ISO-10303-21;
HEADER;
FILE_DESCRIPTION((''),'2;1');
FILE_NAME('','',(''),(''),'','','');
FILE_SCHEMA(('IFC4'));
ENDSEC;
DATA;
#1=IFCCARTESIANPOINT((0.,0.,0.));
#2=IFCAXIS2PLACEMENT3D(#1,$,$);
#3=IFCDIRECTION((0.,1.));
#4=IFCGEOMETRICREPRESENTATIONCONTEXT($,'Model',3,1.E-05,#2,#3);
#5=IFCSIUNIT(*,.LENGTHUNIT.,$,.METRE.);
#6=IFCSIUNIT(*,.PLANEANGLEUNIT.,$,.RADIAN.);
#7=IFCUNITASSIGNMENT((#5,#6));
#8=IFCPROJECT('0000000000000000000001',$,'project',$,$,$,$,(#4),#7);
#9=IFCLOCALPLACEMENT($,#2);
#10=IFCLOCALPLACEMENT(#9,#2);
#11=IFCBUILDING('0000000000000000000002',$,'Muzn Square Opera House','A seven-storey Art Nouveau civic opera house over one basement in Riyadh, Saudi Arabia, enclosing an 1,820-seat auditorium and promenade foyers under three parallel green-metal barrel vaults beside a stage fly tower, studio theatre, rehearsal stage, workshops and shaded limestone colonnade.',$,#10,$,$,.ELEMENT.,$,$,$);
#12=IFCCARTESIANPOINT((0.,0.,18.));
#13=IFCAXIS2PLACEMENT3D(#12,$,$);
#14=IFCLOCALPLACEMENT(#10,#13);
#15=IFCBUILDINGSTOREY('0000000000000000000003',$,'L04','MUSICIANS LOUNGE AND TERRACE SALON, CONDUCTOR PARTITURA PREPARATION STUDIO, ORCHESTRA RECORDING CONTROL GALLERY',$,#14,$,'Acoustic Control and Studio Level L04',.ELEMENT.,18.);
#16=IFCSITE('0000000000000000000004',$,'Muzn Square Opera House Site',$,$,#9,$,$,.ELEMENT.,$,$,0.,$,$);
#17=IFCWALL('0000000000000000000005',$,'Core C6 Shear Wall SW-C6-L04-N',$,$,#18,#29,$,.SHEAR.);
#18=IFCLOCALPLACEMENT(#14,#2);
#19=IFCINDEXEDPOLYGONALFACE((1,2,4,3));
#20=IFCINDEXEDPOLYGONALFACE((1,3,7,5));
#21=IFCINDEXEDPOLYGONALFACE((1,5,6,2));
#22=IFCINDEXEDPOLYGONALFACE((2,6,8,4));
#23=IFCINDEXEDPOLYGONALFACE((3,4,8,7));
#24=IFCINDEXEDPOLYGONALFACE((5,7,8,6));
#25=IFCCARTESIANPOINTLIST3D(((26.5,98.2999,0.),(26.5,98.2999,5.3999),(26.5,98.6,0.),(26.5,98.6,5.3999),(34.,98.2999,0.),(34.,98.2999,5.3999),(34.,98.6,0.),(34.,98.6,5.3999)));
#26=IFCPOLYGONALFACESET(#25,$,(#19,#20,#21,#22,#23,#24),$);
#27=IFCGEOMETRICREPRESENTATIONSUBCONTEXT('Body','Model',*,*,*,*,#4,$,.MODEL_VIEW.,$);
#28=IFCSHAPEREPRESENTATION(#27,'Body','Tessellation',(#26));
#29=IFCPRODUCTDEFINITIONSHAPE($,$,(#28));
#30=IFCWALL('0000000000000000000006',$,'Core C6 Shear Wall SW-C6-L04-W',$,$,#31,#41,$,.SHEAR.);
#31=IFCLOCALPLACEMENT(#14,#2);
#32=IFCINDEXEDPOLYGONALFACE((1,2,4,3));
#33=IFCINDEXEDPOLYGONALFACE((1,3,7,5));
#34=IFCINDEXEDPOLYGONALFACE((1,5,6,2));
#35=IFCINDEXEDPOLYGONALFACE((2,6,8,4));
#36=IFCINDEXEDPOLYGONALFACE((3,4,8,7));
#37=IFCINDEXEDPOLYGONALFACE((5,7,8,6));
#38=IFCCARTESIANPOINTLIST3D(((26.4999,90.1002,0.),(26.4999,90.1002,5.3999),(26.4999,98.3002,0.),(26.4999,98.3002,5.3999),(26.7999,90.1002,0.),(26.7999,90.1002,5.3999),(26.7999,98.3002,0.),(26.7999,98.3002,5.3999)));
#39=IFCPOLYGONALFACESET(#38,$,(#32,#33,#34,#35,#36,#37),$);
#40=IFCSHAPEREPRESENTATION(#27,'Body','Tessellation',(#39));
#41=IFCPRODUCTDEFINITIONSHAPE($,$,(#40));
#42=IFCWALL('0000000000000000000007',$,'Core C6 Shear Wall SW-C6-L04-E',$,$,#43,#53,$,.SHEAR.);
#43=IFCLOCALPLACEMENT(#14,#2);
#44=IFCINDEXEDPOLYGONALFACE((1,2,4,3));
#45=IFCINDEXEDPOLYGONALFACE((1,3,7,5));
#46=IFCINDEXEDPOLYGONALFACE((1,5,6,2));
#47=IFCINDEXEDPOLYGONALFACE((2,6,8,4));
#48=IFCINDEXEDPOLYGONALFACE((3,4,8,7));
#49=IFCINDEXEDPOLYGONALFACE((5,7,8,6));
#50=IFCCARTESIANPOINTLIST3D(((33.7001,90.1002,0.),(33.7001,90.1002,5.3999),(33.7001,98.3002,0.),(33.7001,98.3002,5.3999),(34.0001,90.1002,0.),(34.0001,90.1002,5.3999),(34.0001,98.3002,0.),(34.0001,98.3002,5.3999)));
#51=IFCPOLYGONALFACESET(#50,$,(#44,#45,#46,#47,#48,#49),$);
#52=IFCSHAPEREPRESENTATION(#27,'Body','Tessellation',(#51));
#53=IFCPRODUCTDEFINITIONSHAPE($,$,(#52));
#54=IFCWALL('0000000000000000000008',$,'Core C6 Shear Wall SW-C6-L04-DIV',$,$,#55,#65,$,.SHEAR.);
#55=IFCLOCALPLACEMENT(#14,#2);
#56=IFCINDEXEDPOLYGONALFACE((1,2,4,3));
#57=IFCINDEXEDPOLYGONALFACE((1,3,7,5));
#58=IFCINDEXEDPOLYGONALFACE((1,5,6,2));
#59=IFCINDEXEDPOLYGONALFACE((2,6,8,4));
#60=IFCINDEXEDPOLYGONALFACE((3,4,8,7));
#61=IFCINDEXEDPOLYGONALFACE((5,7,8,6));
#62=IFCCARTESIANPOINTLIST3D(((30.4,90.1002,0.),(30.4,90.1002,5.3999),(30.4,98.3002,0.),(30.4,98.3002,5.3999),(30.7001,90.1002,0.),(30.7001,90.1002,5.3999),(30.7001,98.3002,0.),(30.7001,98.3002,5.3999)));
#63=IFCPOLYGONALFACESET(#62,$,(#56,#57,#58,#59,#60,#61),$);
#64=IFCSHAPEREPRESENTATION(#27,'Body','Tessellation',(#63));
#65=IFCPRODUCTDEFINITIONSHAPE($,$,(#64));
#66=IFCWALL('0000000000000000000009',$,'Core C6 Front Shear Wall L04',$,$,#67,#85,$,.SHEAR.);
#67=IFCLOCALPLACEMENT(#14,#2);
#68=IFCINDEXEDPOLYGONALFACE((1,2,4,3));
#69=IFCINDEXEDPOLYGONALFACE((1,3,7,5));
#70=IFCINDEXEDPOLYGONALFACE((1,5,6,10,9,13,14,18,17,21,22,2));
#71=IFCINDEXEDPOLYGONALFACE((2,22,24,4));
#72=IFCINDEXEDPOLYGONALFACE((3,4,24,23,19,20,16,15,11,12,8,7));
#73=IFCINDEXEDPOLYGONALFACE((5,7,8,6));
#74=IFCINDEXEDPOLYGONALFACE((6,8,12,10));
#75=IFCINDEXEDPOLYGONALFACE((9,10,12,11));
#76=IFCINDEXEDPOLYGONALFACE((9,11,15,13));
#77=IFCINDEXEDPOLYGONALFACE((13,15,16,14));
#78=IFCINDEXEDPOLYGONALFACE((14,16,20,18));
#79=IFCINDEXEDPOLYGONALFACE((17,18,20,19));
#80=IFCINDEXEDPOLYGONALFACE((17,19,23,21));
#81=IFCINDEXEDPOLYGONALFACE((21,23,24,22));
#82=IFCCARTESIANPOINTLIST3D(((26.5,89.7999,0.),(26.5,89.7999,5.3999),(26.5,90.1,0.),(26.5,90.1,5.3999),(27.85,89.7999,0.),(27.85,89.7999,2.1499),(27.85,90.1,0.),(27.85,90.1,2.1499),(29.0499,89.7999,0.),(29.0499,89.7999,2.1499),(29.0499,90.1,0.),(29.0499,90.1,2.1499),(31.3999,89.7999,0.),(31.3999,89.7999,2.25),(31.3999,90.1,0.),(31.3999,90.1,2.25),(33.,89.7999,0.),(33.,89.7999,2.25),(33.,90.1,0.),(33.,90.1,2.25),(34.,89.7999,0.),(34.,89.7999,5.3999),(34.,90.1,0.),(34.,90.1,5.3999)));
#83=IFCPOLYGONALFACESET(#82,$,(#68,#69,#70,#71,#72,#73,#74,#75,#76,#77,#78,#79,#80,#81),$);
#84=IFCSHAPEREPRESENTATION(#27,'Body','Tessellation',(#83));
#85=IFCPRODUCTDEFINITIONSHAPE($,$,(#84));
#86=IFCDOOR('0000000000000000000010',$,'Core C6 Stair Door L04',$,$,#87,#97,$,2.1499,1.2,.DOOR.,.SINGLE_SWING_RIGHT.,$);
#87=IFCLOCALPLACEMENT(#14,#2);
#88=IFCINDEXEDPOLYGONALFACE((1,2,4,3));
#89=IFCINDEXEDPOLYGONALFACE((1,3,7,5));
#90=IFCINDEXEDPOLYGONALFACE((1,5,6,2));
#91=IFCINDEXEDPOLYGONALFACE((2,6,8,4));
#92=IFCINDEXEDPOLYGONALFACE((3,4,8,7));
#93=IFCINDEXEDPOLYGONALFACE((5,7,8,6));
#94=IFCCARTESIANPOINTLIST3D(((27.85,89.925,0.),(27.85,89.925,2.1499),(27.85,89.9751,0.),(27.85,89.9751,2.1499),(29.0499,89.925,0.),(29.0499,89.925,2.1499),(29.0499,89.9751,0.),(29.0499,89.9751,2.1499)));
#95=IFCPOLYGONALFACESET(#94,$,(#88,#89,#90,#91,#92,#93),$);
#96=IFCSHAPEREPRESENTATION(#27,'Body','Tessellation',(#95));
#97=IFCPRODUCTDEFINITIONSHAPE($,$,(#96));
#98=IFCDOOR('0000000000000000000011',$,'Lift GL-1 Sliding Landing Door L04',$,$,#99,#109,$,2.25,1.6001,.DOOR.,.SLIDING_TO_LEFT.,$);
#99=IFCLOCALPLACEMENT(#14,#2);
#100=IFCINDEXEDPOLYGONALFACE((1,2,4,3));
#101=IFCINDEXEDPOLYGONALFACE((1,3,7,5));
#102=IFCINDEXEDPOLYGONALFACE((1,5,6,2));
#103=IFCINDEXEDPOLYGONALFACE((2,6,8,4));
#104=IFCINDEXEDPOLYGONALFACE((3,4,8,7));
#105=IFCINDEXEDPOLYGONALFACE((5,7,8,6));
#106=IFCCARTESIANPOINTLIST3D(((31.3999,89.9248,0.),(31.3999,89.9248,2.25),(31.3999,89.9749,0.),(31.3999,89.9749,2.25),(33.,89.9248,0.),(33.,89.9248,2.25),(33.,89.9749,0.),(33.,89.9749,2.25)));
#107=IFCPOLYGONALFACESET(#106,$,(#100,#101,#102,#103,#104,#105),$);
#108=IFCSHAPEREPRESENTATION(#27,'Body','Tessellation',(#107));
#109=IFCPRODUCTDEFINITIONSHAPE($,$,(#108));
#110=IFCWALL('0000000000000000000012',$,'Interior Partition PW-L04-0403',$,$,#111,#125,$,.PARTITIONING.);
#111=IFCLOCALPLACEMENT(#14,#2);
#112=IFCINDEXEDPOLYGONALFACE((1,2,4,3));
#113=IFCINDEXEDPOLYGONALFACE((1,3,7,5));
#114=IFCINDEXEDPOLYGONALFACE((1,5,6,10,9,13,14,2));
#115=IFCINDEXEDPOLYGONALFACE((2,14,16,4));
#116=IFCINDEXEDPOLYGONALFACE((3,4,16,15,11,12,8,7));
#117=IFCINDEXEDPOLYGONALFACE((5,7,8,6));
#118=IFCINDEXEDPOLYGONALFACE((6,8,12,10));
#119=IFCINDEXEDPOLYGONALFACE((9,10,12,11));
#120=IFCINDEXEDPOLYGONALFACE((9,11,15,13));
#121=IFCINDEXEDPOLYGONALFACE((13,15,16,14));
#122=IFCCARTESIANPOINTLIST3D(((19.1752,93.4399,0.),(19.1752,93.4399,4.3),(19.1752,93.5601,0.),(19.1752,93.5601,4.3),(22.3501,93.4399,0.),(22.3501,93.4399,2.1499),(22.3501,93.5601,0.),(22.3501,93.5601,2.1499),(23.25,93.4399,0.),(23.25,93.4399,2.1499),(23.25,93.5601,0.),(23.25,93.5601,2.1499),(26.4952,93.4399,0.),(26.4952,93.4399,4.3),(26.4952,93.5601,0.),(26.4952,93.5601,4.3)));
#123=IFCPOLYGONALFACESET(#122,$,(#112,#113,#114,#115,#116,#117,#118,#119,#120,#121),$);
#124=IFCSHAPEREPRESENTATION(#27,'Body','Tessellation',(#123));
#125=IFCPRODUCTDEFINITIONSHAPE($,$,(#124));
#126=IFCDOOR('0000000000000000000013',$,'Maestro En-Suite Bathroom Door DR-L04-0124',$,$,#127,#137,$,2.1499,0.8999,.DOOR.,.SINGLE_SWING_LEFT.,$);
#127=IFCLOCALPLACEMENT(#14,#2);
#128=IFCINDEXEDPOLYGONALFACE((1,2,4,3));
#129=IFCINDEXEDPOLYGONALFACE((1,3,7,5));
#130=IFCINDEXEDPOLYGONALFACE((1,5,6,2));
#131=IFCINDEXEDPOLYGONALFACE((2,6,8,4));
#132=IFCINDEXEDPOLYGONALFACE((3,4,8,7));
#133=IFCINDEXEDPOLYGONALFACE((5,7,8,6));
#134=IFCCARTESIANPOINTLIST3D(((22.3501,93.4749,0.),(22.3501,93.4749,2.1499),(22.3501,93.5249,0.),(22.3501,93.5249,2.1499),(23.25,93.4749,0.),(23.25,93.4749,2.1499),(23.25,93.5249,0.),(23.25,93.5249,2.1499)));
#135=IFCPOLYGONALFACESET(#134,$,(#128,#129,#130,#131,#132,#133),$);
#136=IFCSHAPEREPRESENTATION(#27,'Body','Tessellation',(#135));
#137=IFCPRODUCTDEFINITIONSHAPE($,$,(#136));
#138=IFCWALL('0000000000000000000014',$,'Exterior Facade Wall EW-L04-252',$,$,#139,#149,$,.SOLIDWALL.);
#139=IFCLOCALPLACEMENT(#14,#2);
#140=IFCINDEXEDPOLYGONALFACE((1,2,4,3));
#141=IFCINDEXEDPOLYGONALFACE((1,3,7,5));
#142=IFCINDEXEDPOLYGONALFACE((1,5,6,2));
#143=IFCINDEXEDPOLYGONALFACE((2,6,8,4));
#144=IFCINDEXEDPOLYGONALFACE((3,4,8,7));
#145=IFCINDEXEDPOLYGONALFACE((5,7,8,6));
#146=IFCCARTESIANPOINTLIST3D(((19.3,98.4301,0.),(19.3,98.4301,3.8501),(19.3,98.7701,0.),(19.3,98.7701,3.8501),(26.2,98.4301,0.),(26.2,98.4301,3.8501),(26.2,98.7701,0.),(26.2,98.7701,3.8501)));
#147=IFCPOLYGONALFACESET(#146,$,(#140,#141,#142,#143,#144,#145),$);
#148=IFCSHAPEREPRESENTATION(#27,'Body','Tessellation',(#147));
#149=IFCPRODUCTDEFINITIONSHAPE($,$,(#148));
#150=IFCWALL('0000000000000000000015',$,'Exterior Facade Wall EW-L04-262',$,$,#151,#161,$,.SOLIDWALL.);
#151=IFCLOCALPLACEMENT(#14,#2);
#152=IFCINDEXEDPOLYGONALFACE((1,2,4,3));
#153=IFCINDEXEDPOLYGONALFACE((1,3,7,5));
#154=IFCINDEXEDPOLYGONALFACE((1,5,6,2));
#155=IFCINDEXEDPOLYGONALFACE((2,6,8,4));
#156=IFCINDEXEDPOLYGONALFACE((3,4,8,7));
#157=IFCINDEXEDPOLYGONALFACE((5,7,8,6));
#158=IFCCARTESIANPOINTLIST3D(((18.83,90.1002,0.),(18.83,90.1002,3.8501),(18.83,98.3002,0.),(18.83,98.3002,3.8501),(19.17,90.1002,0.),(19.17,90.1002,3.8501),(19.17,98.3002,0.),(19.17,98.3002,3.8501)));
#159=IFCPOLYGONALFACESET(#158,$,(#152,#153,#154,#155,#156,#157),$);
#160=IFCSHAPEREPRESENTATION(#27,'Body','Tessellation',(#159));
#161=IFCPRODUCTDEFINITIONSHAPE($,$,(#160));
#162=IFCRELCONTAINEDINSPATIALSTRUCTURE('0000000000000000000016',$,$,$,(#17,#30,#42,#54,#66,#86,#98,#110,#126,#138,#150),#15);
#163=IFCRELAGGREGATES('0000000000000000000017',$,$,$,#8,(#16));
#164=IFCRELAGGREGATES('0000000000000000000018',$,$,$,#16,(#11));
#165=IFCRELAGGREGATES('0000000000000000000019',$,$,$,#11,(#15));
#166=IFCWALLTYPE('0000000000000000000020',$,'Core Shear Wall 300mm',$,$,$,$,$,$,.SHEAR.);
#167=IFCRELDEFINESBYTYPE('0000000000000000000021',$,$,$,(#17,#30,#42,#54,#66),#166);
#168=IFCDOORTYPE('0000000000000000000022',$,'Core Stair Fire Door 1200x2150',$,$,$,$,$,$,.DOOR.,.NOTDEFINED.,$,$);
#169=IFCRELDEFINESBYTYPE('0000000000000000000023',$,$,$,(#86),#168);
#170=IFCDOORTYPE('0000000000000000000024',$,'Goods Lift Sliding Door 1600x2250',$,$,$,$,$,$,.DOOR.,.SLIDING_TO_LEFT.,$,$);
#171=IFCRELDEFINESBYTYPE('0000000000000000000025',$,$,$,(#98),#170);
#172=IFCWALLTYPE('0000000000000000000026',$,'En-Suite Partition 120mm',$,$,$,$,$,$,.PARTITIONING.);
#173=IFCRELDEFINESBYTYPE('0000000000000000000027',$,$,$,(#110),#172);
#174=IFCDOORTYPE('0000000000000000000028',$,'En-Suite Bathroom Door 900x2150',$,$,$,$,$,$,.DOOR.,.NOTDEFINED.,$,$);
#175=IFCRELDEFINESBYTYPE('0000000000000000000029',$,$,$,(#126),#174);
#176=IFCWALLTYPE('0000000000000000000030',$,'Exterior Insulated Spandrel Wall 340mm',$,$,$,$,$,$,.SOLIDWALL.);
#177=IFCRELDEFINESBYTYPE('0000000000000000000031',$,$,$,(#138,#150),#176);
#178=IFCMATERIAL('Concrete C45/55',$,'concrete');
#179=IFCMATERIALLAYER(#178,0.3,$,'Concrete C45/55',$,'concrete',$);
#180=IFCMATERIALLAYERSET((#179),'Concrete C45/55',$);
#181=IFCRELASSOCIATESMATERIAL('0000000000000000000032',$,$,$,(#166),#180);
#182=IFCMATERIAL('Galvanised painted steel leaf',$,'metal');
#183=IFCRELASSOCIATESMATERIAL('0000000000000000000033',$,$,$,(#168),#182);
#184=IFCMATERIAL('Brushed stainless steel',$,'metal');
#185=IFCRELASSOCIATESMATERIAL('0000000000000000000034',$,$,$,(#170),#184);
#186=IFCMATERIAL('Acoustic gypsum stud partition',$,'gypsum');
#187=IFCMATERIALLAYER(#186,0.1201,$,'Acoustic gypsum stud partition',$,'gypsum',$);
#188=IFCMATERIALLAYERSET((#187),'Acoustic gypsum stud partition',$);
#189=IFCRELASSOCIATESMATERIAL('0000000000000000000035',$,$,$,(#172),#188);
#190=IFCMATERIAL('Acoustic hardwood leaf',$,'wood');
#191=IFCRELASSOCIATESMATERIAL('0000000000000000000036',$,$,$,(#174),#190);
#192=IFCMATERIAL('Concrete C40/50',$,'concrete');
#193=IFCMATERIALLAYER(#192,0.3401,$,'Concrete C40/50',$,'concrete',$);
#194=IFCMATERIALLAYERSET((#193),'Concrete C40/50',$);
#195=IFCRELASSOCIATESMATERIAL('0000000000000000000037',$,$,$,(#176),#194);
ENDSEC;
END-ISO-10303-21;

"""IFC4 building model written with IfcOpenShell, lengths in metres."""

from ifc_helpers import new_model, si_unit, direction, frame, frame_2d, origin, place, context, subcontext, project, spatial, rectangle, extrude, material, layer, layer_set, type_object, element, fill, save


model = new_model("IFC4")

# Units and contexts
model_context = context("Model", 3, precision=1e-05, world=origin(), true_north=direction((0.0, 1.0)))
body_context = subcontext(model_context, "Body", "Model", "MODEL_VIEW")
ifc_project = project(units=[si_unit("LENGTHUNIT", "METRE"), si_unit("PLANEANGLEUNIT", "RADIAN")], contexts=[model_context])

# Site, building, storey
site_placement = place(None, origin())
site = spatial("IfcSite", under=ifc_project, at=site_placement, Name="Muzn Square Opera House Site", CompositionType="ELEMENT", RefElevation=0.0)
building_placement = place(site_placement, origin())
building = spatial("IfcBuilding", under=site, at=building_placement, Name="Muzn Square Opera House", Description="A seven-storey Art Nouveau civic opera house over one basement in Riyadh, Saudi Arabia, enclosing an 1,820-seat auditorium and promenade foyers under three parallel green-metal barrel vaults beside a stage fly tower, studio theatre, rehearsal stage, workshops and shaded limestone colonnade.", CompositionType="ELEMENT")
storey_placement = place(building_placement, frame((0.0, 0.0, 18.0)))
storey = spatial("IfcBuildingStorey", under=building, at=storey_placement, Name="L04", Description="MUSICIANS LOUNGE AND TERRACE SALON, CONDUCTOR PARTITURA PREPARATION STUDIO, ORCHESTRA RECORDING CONTROL GALLERY", LongName="Acoustic Control and Studio Level L04", CompositionType="ELEMENT", Elevation=18.0)

# Shared definitions
ifc_material_1 = material(Name="Concrete C45/55", Category="concrete")

# Shared definitions
ifc_material_2 = material(Name="Concrete C40/50", Category="concrete")

# Walls
ifc_layer_1 = layer(ifc_material_1, 0.3, Name="Concrete C45/55", Category="concrete")
ifc_layer_set_1 = layer_set([ifc_layer_1], Name="Concrete C45/55")
wall_type_1 = type_object("IfcWallType", Name="Core Shear Wall 300mm", PredefinedType="SHEAR", material=ifc_layer_set_1)
wall_1_placement = place(storey_placement, frame((26.5, 98.45, 0.0), z_axis=(0.0, 0.0, 1.0), x_axis=(1.0, 0.0, 0.0)))
element("IfcWall", 1, at=wall_1_placement, inside=storey, type_object=wall_type_1, Name="Core C6 Shear Wall SW-C6-L04-N", PredefinedType="SHEAR", context=body_context, shape_type="SweptSolid", body=[
    extrude(rectangle(XDim=7.5, YDim=0.3, at=frame_2d((3.75, 0.0))), origin(), (0.0, 0.0, 1.0), 5.3999),
])
for number, where, z_axis, x_axis, name in (
    (2, (26.6499, 90.1001, 0.0), (0.0, 0.0, 1.0), (0.0, 1.0, 0.0), "Core C6 Shear Wall SW-C6-L04-W"),
    (3, (33.8501, 90.1001, 0.0), (0.0, 0.0, 1.0), (0.0, 1.0, 0.0), "Core C6 Shear Wall SW-C6-L04-E"),
    (4, (30.55, 90.1001, 0.0), (0.0, 0.0, 1.0), (0.0, 1.0, 0.0), "Core C6 Shear Wall SW-C6-L04-DIV"),
):
    element("IfcWall", number, at=place(storey_placement, frame(where, z_axis=z_axis, x_axis=x_axis)), inside=storey, type_object=wall_type_1, Name=name, PredefinedType="SHEAR", context=body_context, shape_type="SweptSolid", body=[
        extrude(rectangle(XDim=8.2, YDim=0.3, at=frame_2d((4.1001, 0.0))), origin(), (0.0, 0.0, 1.0), 5.3999),
    ])

# Wall, openings, doors
wall_2_placement = place(storey_placement, frame((26.5, 89.95, 0.0), z_axis=(0.0, 0.0, 1.0), x_axis=(1.0, 0.0, 0.0)))
wall_2 = element("IfcWall", 5, at=wall_2_placement, inside=storey, type_object=wall_type_1, Name="Core C6 Front Shear Wall L04", PredefinedType="SHEAR", context=body_context, shape_type="SweptSolid", body=[
    extrude(rectangle(XDim=7.5, YDim=0.3, at=frame_2d((3.75, 0.0))), origin(), (0.0, 0.0, 1.0), 5.3999),
])
opening_1_placement = place(wall_2_placement, frame((2.55, 0.0, 0.0), z_axis=(0.0, 0.0, 1.0), x_axis=(-1.0, 0.0, 0.0)))
opening_1 = element("IfcOpeningElement", 6, at=opening_1_placement, cuts=wall_2, PredefinedType="OPENING", context=body_context, shape_type="SweptSolid", body=[
    extrude(rectangle(XDim=1.2, YDim=2.1499, at=frame_2d((0.6001, 1.075))), frame((0.0, 0.1599, 0.0), z_axis=(0.0, -1.0, 0.0), x_axis=(1.0, 0.0, 0.0)), (0.0, 0.0, 1.0), 0.3201),
])
opening_2_placement = place(wall_2_placement, frame((4.8999, 0.0, 0.0)))
opening_2 = element("IfcOpeningElement", 7, at=opening_2_placement, cuts=wall_2, PredefinedType="OPENING", context=body_context, shape_type="SweptSolid", body=[
    extrude(rectangle(XDim=1.6001, YDim=2.25, at=frame_2d((0.8, 1.125))), frame((0.0, 0.1599, 0.0), z_axis=(0.0, -1.0, 0.0), x_axis=(1.0, 0.0, 0.0)), (0.0, 0.0, 1.0), 0.3201),
])
ifc_material_3 = material(Name="Galvanised painted steel leaf", Category="metal")
door_type_1 = type_object("IfcDoorType", Name="Core Stair Fire Door 1200x2150", OperationType="NOTDEFINED", PredefinedType="DOOR", material=ifc_material_3)
door_1_placement = place(opening_1_placement, origin())
door_1 = element("IfcDoor", 8, at=door_1_placement, inside=storey, type_object=door_type_1, Name="Core C6 Stair Door L04", OperationType="SINGLE_SWING_RIGHT", OverallHeight=2.1499, OverallWidth=1.2, PredefinedType="DOOR", context=body_context, shape_type="SweptSolid", body=[
    extrude(rectangle(XDim=1.2, YDim=2.1499, at=frame_2d((0.6001, 1.075))), frame((0.0, 0.0249, 0.0), z_axis=(0.0, -1.0, 0.0), x_axis=(1.0, 0.0, 0.0)), (0.0, 0.0, 1.0), 0.05),
])
fill(opening_1, door_1)
ifc_material_4 = material(Name="Brushed stainless steel", Category="metal")
door_type_2 = type_object("IfcDoorType", Name="Goods Lift Sliding Door 1600x2250", OperationType="SLIDING_TO_LEFT", PredefinedType="DOOR", material=ifc_material_4)
door_2_placement = place(opening_2_placement, origin())
door_2 = element("IfcDoor", 9, at=door_2_placement, inside=storey, type_object=door_type_2, Name="Lift GL-1 Sliding Landing Door L04", OperationType="SLIDING_TO_LEFT", OverallHeight=2.25, OverallWidth=1.6001, PredefinedType="DOOR", context=body_context, shape_type="SweptSolid", body=[
    extrude(rectangle(XDim=1.6001, YDim=2.25, at=frame_2d((0.8, 1.125))), frame((0.0, 0.0249, 0.0), z_axis=(0.0, -1.0, 0.0), x_axis=(1.0, 0.0, 0.0)), (0.0, 0.0, 1.0), 0.05),
])
fill(opening_2, door_2)

# Wall, opening, door
ifc_material_5 = material(Name="Acoustic gypsum stud partition", Category="gypsum")
ifc_layer_2 = layer(ifc_material_5, 0.1201, Name="Acoustic gypsum stud partition", Category="gypsum")
ifc_layer_set_2 = layer_set([ifc_layer_2], Name="Acoustic gypsum stud partition")
wall_type_2 = type_object("IfcWallType", Name="En-Suite Partition 120mm", PredefinedType="PARTITIONING", material=ifc_layer_set_2)
wall_3_placement = place(storey_placement, frame((19.175, 93.5, 0.0), z_axis=(0.0, 0.0, 1.0), x_axis=(1.0, 0.0, 0.0)))
wall_3 = element("IfcWall", 10, at=wall_3_placement, inside=storey, type_object=wall_type_2, Name="Interior Partition PW-L04-0403", PredefinedType="PARTITIONING", context=body_context, shape_type="SweptSolid", body=[
    extrude(rectangle(XDim=7.3201, YDim=0.1201, at=frame_2d((3.6602, 0.0))), origin(), (0.0, 0.0, 1.0), 4.3),
])
opening_3_placement = place(wall_3_placement, frame((3.175, 0.0, 0.0)))
opening_3 = element("IfcOpeningElement", 11, at=opening_3_placement, cuts=wall_3, PredefinedType="OPENING", context=body_context, shape_type="SweptSolid", body=[
    extrude(rectangle(XDim=0.8999, YDim=2.1499, at=frame_2d((0.45, 1.075))), frame((0.0, 0.0701, 0.0), z_axis=(0.0, -1.0, 0.0), x_axis=(1.0, 0.0, 0.0)), (0.0, 0.0, 1.0), 0.1401),
])
ifc_material_6 = material(Name="Acoustic hardwood leaf", Category="wood")
door_type_3 = type_object("IfcDoorType", Name="En-Suite Bathroom Door 900x2150", OperationType="NOTDEFINED", PredefinedType="DOOR", material=ifc_material_6)
door_3_placement = place(opening_3_placement, origin())
door_3 = element("IfcDoor", 12, at=door_3_placement, inside=storey, type_object=door_type_3, Name="Maestro En-Suite Bathroom Door DR-L04-0124", OperationType="SINGLE_SWING_LEFT", OverallHeight=2.1499, OverallWidth=0.8999, PredefinedType="DOOR", context=body_context, shape_type="SweptSolid", body=[
    extrude(rectangle(XDim=0.8999, YDim=2.1499, at=frame_2d((0.45, 1.075))), frame((0.0, 0.0249, 0.0), z_axis=(0.0, -1.0, 0.0), x_axis=(1.0, 0.0, 0.0)), (0.0, 0.0, 1.0), 0.05),
])
fill(opening_3, door_3)

# Walls
ifc_layer_3 = layer(ifc_material_2, 0.3401, Name="Concrete C40/50", Category="concrete")
ifc_layer_set_3 = layer_set([ifc_layer_3], Name="Concrete C40/50")
wall_type_3 = type_object("IfcWallType", Name="Exterior Insulated Spandrel Wall 340mm", PredefinedType="SOLIDWALL", material=ifc_layer_set_3)
wall_4_placement = place(storey_placement, frame((19.3, 98.6001, 0.0), z_axis=(0.0, 0.0, 1.0), x_axis=(1.0, 0.0, 0.0)))
element("IfcWall", 13, at=wall_4_placement, inside=storey, type_object=wall_type_3, Name="Exterior Facade Wall EW-L04-252", PredefinedType="SOLIDWALL", context=body_context, shape_type="SweptSolid", body=[
    extrude(rectangle(XDim=6.8999, YDim=0.3401, at=frame_2d((3.45, 0.0))), origin(), (0.0, 0.0, 1.0), 3.8501),
])
wall_5_placement = place(storey_placement, frame((19.0, 90.1001, 0.0), z_axis=(0.0, 0.0, 1.0), x_axis=(0.0, 1.0, 0.0)))
element("IfcWall", 14, at=wall_5_placement, inside=storey, type_object=wall_type_3, Name="Exterior Facade Wall EW-L04-262", PredefinedType="SOLIDWALL", context=body_context, shape_type="SweptSolid", body=[
    extrude(rectangle(XDim=8.2, YDim=0.3401, at=frame_2d((4.1001, 0.0))), origin(), (0.0, 0.0, 1.0), 3.8501),
])

save(model, "model.ifc")
